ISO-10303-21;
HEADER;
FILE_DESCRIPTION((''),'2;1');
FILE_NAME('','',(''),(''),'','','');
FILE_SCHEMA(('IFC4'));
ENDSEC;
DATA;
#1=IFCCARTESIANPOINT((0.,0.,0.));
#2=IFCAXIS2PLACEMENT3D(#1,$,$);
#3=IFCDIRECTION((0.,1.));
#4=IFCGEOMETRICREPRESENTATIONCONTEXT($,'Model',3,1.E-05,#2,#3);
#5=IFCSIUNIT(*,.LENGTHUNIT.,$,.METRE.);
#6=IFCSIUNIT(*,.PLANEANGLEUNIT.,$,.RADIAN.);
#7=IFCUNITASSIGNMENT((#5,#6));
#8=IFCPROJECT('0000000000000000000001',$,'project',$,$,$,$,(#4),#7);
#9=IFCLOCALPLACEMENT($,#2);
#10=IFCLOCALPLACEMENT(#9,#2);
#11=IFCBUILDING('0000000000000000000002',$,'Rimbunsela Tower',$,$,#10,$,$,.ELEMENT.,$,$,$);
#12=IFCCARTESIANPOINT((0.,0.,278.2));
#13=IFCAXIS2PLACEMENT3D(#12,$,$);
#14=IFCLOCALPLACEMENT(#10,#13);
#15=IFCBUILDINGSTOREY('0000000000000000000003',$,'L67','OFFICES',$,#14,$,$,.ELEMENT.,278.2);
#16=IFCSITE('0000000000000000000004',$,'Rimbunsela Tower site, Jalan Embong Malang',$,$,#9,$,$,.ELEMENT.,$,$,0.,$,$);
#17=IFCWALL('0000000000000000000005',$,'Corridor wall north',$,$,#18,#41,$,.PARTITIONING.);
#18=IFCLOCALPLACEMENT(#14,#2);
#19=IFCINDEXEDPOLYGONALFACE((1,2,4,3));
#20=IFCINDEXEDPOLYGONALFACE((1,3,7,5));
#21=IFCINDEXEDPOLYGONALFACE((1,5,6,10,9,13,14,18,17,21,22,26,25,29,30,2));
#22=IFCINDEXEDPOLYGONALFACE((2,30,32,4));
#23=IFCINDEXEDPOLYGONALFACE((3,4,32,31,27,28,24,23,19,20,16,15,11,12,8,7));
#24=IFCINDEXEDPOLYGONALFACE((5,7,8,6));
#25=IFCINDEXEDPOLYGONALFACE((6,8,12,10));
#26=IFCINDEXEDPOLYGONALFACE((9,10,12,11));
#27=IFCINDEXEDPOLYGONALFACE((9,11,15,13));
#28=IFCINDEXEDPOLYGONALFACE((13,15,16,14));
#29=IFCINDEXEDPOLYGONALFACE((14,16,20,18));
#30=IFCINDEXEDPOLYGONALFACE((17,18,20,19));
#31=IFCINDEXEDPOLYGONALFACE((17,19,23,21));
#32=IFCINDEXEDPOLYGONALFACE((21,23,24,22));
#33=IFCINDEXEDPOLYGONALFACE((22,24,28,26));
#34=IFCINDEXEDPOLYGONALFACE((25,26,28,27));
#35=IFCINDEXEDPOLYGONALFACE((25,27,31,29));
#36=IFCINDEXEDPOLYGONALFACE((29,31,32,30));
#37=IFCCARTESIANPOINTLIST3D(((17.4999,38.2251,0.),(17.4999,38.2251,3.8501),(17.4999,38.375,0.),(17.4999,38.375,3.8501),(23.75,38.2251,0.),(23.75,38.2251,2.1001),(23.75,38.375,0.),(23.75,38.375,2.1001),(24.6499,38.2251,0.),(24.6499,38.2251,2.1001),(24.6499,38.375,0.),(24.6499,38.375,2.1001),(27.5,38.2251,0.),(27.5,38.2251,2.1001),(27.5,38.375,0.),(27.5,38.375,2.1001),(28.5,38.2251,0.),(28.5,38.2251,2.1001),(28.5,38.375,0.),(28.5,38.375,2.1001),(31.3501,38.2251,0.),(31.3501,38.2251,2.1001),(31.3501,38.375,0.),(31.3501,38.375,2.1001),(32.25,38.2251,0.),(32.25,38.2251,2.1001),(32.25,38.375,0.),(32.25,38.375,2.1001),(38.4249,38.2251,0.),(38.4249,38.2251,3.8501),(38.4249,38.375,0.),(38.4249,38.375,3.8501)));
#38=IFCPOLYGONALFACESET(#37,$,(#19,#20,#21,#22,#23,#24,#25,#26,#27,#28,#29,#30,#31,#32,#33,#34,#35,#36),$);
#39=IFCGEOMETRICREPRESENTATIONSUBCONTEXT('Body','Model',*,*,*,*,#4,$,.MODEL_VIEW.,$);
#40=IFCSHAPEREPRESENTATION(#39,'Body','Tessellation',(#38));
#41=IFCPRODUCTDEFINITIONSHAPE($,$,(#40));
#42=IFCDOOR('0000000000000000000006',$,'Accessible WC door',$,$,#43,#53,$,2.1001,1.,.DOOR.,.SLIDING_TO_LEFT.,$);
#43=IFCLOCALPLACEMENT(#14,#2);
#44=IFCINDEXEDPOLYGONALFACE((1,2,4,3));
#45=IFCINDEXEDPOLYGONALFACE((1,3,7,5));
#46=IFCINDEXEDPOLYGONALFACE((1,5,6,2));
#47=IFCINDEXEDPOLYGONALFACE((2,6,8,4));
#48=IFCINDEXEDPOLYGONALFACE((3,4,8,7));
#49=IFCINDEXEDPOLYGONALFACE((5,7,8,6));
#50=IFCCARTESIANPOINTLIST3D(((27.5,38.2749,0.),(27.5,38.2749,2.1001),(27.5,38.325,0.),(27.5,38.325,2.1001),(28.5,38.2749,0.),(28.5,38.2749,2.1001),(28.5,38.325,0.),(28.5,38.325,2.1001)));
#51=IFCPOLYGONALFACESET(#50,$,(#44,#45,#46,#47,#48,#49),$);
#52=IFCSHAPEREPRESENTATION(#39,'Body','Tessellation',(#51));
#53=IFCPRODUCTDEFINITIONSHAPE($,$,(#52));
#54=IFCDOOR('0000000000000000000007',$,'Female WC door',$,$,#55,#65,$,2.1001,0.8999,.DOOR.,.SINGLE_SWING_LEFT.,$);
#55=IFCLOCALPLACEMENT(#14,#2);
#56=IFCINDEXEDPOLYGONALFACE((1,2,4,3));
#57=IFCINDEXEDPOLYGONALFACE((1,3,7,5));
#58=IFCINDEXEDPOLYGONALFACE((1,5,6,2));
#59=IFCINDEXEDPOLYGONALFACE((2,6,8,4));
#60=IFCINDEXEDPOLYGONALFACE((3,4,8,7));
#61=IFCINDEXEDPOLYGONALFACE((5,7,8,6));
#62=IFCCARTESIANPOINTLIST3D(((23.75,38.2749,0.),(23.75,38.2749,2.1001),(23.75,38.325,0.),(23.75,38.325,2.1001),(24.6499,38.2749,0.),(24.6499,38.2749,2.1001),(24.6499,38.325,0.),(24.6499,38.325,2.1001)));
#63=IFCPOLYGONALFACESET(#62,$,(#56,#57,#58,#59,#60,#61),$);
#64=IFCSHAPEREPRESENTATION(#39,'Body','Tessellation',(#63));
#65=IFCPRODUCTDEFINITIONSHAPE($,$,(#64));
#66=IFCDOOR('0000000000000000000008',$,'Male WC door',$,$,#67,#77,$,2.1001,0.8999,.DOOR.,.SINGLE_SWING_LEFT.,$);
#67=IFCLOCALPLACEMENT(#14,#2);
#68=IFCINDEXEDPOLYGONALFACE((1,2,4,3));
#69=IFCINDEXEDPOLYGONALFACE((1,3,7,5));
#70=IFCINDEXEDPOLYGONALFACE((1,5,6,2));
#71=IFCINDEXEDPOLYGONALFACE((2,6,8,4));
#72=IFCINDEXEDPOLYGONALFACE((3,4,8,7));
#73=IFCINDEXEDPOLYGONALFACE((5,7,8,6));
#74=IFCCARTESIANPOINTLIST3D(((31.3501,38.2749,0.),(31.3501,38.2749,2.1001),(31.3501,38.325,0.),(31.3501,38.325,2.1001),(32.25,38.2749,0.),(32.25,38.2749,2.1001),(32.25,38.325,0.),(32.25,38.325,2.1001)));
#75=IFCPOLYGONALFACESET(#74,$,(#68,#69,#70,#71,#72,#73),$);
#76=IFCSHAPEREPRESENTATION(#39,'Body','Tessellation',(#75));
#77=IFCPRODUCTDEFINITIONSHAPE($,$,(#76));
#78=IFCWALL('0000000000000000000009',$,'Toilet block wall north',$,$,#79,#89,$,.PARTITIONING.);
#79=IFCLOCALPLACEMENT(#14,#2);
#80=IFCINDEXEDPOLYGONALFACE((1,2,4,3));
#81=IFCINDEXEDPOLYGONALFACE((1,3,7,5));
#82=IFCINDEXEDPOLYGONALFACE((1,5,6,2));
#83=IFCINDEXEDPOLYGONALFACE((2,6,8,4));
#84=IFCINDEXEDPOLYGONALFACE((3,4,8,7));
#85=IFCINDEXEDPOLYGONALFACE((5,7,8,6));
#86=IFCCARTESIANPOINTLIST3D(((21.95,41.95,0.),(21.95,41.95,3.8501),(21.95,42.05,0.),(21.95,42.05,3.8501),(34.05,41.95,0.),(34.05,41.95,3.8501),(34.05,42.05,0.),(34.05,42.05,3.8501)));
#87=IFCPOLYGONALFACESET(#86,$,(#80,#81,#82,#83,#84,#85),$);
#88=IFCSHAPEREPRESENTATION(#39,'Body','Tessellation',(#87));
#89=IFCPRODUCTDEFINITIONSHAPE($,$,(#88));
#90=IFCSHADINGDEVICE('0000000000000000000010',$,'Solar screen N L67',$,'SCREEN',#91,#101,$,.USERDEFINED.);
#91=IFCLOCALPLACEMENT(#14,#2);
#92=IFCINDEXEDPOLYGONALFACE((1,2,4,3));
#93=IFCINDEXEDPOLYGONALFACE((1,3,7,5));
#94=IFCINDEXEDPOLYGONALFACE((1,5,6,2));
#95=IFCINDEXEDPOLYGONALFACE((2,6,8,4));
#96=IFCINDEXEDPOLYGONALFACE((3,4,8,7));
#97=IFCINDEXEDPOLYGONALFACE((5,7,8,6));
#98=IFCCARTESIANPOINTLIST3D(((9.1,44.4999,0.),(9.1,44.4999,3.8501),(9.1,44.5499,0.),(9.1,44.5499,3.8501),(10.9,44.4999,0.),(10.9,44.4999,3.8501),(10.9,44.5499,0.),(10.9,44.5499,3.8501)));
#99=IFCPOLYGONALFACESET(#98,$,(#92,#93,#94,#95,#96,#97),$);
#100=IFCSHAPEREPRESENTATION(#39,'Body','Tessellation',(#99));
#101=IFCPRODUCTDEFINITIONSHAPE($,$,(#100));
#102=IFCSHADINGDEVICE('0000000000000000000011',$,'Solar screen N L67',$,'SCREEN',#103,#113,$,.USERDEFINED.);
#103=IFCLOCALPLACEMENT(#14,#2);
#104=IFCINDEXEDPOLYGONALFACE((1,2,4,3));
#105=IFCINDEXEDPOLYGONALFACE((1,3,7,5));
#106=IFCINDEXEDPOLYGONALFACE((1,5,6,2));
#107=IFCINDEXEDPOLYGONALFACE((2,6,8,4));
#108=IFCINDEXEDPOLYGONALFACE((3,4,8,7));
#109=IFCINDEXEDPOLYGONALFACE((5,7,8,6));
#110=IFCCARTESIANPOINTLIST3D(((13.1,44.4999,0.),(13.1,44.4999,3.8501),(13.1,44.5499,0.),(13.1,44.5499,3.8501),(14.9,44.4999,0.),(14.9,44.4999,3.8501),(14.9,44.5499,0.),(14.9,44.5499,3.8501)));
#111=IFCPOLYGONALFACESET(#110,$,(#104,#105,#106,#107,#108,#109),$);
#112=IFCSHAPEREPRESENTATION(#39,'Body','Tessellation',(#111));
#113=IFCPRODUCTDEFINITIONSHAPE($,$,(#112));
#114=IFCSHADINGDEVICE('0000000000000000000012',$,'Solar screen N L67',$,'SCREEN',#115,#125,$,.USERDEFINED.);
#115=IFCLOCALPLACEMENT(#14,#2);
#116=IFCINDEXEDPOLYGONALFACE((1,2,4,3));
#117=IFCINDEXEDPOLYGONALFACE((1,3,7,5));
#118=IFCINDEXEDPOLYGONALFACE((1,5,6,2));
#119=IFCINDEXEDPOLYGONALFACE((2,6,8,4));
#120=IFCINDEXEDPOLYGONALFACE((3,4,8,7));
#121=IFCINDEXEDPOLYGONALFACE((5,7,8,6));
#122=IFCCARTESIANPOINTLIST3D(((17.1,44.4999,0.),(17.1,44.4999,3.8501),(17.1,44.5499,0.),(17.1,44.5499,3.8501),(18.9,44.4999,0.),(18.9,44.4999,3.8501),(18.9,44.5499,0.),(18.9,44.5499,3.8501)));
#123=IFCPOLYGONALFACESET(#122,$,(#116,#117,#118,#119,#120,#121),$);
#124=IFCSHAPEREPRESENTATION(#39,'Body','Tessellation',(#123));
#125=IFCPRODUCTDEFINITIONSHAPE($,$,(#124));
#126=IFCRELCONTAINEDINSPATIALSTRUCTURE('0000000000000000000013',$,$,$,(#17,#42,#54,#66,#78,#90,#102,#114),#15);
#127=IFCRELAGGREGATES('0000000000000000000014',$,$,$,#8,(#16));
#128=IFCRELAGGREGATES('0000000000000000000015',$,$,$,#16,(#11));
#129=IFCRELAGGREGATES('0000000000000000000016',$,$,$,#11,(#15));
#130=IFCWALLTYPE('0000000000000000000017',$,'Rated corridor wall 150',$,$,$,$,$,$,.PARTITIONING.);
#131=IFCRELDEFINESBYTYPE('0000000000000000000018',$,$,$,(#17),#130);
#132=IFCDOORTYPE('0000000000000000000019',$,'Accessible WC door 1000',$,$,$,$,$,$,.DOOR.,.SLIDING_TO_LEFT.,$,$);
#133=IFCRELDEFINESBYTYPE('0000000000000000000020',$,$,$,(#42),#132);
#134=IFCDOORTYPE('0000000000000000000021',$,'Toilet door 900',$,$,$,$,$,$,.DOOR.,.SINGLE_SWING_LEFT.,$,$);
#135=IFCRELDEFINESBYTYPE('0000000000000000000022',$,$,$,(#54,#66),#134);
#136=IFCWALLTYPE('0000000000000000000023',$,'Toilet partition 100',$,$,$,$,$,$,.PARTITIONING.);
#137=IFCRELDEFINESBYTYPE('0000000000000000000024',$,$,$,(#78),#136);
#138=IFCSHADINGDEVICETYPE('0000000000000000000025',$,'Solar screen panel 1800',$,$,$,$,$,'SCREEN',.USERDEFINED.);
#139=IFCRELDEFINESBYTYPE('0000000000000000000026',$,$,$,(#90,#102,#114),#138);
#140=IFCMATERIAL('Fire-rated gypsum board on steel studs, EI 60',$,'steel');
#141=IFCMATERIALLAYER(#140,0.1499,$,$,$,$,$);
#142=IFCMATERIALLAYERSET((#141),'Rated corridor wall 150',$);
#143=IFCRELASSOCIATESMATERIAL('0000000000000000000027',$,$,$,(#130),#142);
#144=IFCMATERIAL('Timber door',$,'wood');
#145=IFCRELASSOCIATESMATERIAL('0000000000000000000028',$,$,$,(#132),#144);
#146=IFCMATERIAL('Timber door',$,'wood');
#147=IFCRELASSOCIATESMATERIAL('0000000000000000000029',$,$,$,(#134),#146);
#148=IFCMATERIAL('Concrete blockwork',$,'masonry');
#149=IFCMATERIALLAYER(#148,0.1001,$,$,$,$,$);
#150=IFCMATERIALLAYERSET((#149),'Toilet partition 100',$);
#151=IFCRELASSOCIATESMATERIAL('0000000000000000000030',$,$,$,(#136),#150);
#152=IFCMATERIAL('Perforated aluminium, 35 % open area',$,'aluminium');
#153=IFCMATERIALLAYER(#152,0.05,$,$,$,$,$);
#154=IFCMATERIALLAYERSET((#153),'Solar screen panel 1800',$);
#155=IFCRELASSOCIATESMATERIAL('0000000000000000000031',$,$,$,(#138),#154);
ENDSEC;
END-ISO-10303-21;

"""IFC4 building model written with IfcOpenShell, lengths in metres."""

from ifc_helpers import new_model, si_unit, direction, frame, frame_2d, origin, origin_2d, place, context, subcontext, project, spatial, rectangle, extrude, material, layer, layer_set, type_object, element, fill, save


model = new_model("IFC4")

# Units and contexts
model_context = context("Model", 3, precision=1e-05, world=origin(), true_north=direction((0.0, 1.0)))
body_context = subcontext(model_context, "Body", "Model", "MODEL_VIEW")
ifc_project = project(units=[si_unit("LENGTHUNIT", "METRE"), si_unit("PLANEANGLEUNIT", "RADIAN")], contexts=[model_context])

# Site, building, storey
site_placement = place(None, origin())
site = spatial("IfcSite", under=ifc_project, at=site_placement, Name="Rimbunsela Tower site, Jalan Embong Malang", CompositionType="ELEMENT", RefElevation=0.0)
building_placement = place(site_placement, origin())
building = spatial("IfcBuilding", under=site, at=building_placement, Name="Rimbunsela Tower", CompositionType="ELEMENT")
storey_placement = place(building_placement, frame((0.0, 0.0, 278.2)))
storey = spatial("IfcBuildingStorey", under=building, at=storey_placement, Name="L67", Description="OFFICES", CompositionType="ELEMENT", Elevation=278.2)

# Shared definitions
ifc_material_1 = material(Name="Fire-rated gypsum board on steel studs, EI 60", Category="steel")
ifc_layer_1 = layer(ifc_material_1, 0.1499)
ifc_layer_set_1 = layer_set([ifc_layer_1], Name="Rated corridor wall 150")
wall_type_1 = type_object("IfcWallType", Name="Rated corridor wall 150", PredefinedType="PARTITIONING", material=ifc_layer_set_1)

# Wall, openings, doors
wall_1_placement = place(storey_placement, frame((17.5, 38.3, 0.0), z_axis=(0.0, 0.0, 1.0), x_axis=(1.0, 0.0, 0.0)))
wall_1 = element("IfcWall", 1, at=wall_1_placement, inside=storey, type_object=wall_type_1, Name="Corridor wall north", PredefinedType="PARTITIONING", context=body_context, shape_type="SweptSolid", body=[
    extrude(rectangle(XDim=20.925, YDim=0.1499, at=frame_2d((10.4624, 0.0))), origin(), (0.0, 0.0, 1.0), 3.8501),
])
opening_1_placement = place(wall_1_placement, frame((6.25, 0.0, 0.0)))
opening_1 = element("IfcOpeningElement", 2, at=opening_1_placement, cuts=wall_1, PredefinedType="OPENING", context=body_context, shape_type="SweptSolid", body=[
    extrude(rectangle(XDim=0.8999, YDim=2.1001, at=frame_2d((0.45, 1.05))), frame((0.0, 0.085, 0.0), z_axis=(0.0, -1.0, 0.0), x_axis=(1.0, 0.0, 0.0)), (0.0, 0.0, 1.0), 0.1699),
])
opening_2_placement = place(wall_1_placement, frame((10.0, 0.0, 0.0)))
opening_2 = element("IfcOpeningElement", 3, at=opening_2_placement, cuts=wall_1, PredefinedType="OPENING", context=body_context, shape_type="SweptSolid", body=[
    extrude(rectangle(XDim=1.0, YDim=2.1001, at=frame_2d((0.5, 1.05))), frame((0.0, 0.085, 0.0), z_axis=(0.0, -1.0, 0.0), x_axis=(1.0, 0.0, 0.0)), (0.0, 0.0, 1.0), 0.1699),
])
opening_3_placement = place(wall_1_placement, frame((13.8501, 0.0, 0.0)))
opening_3 = element("IfcOpeningElement", 4, at=opening_3_placement, cuts=wall_1, PredefinedType="OPENING", context=body_context, shape_type="SweptSolid", body=[
    extrude(rectangle(XDim=0.8999, YDim=2.1001, at=frame_2d((0.45, 1.05))), frame((0.0, 0.085, 0.0), z_axis=(0.0, -1.0, 0.0), x_axis=(1.0, 0.0, 0.0)), (0.0, 0.0, 1.0), 0.1699),
])
ifc_material_2 = material(Name="Timber door", Category="wood")
door_type_1 = type_object("IfcDoorType", Name="Accessible WC door 1000", OperationType="SLIDING_TO_LEFT", PredefinedType="DOOR", material=ifc_material_2)
door_1_placement = place(opening_2_placement, origin())
door_1 = element("IfcDoor", 5, at=door_1_placement, inside=storey, type_object=door_type_1, Name="Accessible WC door", OperationType="SLIDING_TO_LEFT", OverallHeight=2.1001, OverallWidth=1.0, PredefinedType="DOOR", context=body_context, shape_type="SweptSolid", body=[
    extrude(rectangle(XDim=1.0, YDim=2.1001, at=frame_2d((0.5, 1.05))), frame((0.0, 0.0249, 0.0), z_axis=(0.0, -1.0, 0.0), x_axis=(1.0, 0.0, 0.0)), (0.0, 0.0, 1.0), 0.05),
])
fill(opening_2, door_1)
ifc_material_3 = material(Name="Timber door", Category="wood")
door_type_2 = type_object("IfcDoorType", Name="Toilet door 900", OperationType="SINGLE_SWING_LEFT", PredefinedType="DOOR", material=ifc_material_3)
door_2_placement = place(opening_1_placement, origin())
door_2 = element("IfcDoor", 6, at=door_2_placement, inside=storey, type_object=door_type_2, Name="Female WC door", OperationType="SINGLE_SWING_LEFT", OverallHeight=2.1001, OverallWidth=0.8999, PredefinedType="DOOR", context=body_context, shape_type="SweptSolid", body=[
    extrude(rectangle(XDim=0.8999, YDim=2.1001, at=frame_2d((0.45, 1.05))), frame((0.0, 0.0249, 0.0), z_axis=(0.0, -1.0, 0.0), x_axis=(1.0, 0.0, 0.0)), (0.0, 0.0, 1.0), 0.05),
])
fill(opening_1, door_2)
door_3_placement = place(opening_3_placement, origin())
door_3 = element("IfcDoor", 7, at=door_3_placement, inside=storey, type_object=door_type_2, Name="Male WC door", OperationType="SINGLE_SWING_LEFT", OverallHeight=2.1001, OverallWidth=0.8999, PredefinedType="DOOR", context=body_context, shape_type="SweptSolid", body=[
    extrude(rectangle(XDim=0.8999, YDim=2.1001, at=frame_2d((0.45, 1.05))), frame((0.0, 0.0249, 0.0), z_axis=(0.0, -1.0, 0.0), x_axis=(1.0, 0.0, 0.0)), (0.0, 0.0, 1.0), 0.05),
])
fill(opening_3, door_3)

# Wall
ifc_material_4 = material(Name="Concrete blockwork", Category="masonry")
ifc_layer_2 = layer(ifc_material_4, 0.1001)
ifc_layer_set_2 = layer_set([ifc_layer_2], Name="Toilet partition 100")
wall_type_2 = type_object("IfcWallType", Name="Toilet partition 100", PredefinedType="PARTITIONING", material=ifc_layer_set_2)
wall_2_placement = place(storey_placement, frame((21.95, 42.0, 0.0), z_axis=(0.0, 0.0, 1.0), x_axis=(1.0, 0.0, 0.0)))
element("IfcWall", 8, at=wall_2_placement, inside=storey, type_object=wall_type_2, Name="Toilet block wall north", PredefinedType="PARTITIONING", context=body_context, shape_type="SweptSolid", body=[
    extrude(rectangle(XDim=12.1001, YDim=0.1001, at=frame_2d((6.05, 0.0))), origin(), (0.0, 0.0, 1.0), 3.8501),
])

# Shading devices
ifc_material_5 = material(Name="Perforated aluminium, 35 % open area", Category="aluminium")
ifc_layer_3 = layer(ifc_material_5, 0.05)
ifc_layer_set_3 = layer_set([ifc_layer_3], Name="Solar screen panel 1800")
shading_device_type = type_object("IfcShadingDeviceType", Name="Solar screen panel 1800", ElementType="SCREEN", PredefinedType="USERDEFINED", material=ifc_layer_set_3)
for number, where, z_axis, x_axis, name in (
    (9, (10.0, 44.5249, 0.0), (0.0, 0.0, 1.0), (1.0, 0.0, 0.0), "Solar screen N L67"),
    (10, (14.0, 44.5249, 0.0), (0.0, 0.0, 1.0), (1.0, 0.0, 0.0), "Solar screen N L67"),
    (11, (18.0, 44.5249, 0.0), (0.0, 0.0, 1.0), (1.0, 0.0, 0.0), "Solar screen N L67"),
):
    element("IfcShadingDevice", number, at=place(storey_placement, frame(where, z_axis=z_axis, x_axis=x_axis)), inside=storey, type_object=shading_device_type, Name=name, ObjectType="SCREEN", PredefinedType="USERDEFINED", context=body_context, shape_type="SweptSolid", body=[
        extrude(rectangle(XDim=1.8, YDim=0.05, at=origin_2d()), origin(), (0.0, 0.0, 1.0), 3.8501),
    ])

save(model, "model.ifc")
